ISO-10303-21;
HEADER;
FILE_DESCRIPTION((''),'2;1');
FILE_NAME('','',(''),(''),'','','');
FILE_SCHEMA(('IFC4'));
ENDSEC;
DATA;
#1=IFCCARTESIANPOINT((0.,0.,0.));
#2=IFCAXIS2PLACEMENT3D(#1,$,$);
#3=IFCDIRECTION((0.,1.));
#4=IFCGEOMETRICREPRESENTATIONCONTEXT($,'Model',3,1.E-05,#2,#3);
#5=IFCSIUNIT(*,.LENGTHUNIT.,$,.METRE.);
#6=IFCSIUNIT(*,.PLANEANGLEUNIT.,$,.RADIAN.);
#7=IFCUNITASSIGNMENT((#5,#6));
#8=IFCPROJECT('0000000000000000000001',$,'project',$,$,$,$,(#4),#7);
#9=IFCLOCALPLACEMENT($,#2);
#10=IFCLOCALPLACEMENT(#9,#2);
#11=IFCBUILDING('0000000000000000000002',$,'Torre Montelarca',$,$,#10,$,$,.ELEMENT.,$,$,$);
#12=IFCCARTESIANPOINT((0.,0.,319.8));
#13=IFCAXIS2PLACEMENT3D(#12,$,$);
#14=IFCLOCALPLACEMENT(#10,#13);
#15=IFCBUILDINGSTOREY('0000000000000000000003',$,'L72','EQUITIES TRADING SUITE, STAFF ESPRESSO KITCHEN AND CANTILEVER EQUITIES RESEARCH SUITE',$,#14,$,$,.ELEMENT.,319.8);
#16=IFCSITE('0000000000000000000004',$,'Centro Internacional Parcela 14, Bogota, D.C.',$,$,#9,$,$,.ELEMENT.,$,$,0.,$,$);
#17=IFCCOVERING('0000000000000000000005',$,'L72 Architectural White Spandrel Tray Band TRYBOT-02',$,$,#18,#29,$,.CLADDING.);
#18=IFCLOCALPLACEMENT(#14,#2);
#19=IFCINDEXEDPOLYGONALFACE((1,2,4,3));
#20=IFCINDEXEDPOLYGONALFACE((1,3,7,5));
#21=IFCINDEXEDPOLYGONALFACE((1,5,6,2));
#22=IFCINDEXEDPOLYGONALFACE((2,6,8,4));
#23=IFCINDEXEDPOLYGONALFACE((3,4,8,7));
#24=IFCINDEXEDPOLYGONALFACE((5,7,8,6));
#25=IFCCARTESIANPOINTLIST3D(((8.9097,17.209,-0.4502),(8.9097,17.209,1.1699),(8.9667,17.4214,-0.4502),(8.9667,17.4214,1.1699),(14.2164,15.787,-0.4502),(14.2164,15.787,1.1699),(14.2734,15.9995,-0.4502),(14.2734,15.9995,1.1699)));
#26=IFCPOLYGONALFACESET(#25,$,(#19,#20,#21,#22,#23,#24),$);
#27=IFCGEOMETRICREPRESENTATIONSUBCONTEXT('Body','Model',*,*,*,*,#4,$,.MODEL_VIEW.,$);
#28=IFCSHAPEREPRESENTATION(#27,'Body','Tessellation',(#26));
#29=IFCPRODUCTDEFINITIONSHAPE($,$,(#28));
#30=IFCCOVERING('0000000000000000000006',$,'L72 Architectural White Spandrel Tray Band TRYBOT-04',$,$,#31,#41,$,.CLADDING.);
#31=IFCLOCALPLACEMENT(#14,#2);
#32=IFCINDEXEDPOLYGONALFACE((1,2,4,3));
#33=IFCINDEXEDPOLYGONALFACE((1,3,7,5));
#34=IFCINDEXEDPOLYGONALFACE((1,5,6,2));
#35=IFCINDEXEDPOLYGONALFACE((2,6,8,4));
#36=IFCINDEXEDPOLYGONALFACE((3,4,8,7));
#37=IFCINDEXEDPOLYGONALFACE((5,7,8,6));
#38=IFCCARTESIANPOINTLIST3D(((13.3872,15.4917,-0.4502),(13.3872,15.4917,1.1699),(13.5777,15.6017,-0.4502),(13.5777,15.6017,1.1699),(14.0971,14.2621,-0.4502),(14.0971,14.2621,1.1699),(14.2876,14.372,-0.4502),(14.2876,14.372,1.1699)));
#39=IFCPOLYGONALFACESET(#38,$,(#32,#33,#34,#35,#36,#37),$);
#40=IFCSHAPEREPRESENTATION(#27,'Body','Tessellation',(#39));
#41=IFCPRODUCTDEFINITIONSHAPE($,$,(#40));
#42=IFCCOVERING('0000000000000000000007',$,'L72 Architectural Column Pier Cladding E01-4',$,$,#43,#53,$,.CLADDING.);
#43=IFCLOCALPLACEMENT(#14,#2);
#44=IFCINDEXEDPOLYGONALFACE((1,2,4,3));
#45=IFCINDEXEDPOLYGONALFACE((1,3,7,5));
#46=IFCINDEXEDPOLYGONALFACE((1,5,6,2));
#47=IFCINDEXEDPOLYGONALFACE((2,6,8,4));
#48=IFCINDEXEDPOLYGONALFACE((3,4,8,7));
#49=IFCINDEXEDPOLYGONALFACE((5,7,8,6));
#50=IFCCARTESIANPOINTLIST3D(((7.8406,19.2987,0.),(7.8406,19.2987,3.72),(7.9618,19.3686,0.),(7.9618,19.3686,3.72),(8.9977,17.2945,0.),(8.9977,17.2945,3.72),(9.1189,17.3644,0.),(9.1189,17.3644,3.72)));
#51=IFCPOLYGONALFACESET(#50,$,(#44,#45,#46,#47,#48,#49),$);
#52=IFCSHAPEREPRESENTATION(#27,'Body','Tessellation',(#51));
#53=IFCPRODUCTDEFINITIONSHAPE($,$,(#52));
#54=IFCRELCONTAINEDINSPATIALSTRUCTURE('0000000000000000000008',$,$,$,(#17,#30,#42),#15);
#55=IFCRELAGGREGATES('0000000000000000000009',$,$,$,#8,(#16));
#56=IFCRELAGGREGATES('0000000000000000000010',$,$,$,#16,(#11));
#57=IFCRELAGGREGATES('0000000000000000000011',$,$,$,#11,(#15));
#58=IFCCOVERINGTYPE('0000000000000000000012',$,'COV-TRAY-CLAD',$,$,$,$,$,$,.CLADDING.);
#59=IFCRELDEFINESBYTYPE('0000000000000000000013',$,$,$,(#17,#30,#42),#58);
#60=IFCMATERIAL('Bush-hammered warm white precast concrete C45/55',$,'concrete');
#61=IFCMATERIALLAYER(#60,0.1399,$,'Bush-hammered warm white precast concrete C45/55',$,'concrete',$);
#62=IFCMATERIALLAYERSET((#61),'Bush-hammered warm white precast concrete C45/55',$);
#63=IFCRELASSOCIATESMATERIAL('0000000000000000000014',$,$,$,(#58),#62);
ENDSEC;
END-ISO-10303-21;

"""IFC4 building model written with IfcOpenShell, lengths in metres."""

from ifc_helpers import new_model, si_unit, direction, frame, origin, origin_2d, place, context, subcontext, project, spatial, rectangle, extrude, source, transform, mapped, material, layer, layer_set, type_object, element, save


model = new_model("IFC4")

# Units and contexts
model_context = context("Model", 3, precision=1e-05, world=origin(), true_north=direction((0.0, 1.0)))
body_context = subcontext(model_context, "Body", "Model", "MODEL_VIEW")
ifc_project = project(units=[si_unit("LENGTHUNIT", "METRE"), si_unit("PLANEANGLEUNIT", "RADIAN")], contexts=[model_context])

# Site, building, storey
site_placement = place(None, origin())
site = spatial("IfcSite", under=ifc_project, at=site_placement, Name="Centro Internacional Parcela 14, Bogota, D.C.", CompositionType="ELEMENT", RefElevation=0.0)
building_placement = place(site_placement, origin())
building = spatial("IfcBuilding", under=site, at=building_placement, Name="Torre Montelarca", CompositionType="ELEMENT")
storey_placement = place(building_placement, frame((0.0, 0.0, 319.8)))
storey = spatial("IfcBuildingStorey", under=building, at=storey_placement, Name="L72", Description="EQUITIES TRADING SUITE, STAFF ESPRESSO KITCHEN AND CANTILEVER EQUITIES RESEARCH SUITE", CompositionType="ELEMENT", Elevation=319.8)

# Coverings
ifc_material_1 = material(Name="Bush-hammered warm white precast concrete C45/55", Category="concrete")
ifc_layer_1 = layer(ifc_material_1, 0.1399, Name="Bush-hammered warm white precast concrete C45/55", Category="concrete")
ifc_layer_set_1 = layer_set([ifc_layer_1], Name="Bush-hammered warm white precast concrete C45/55")
covering_type = type_object("IfcCoveringType", Name="COV-TRAY-CLAD", PredefinedType="CLADDING", material=ifc_layer_set_1)
shared_shape_1 = source(origin(), body_context, "Body", "SweptSolid", [
    extrude(rectangle(XDim=5.4939, YDim=0.22, at=origin_2d()), origin(), (0.0, 0.0, 1.0), 1.6201),
])
covering_1_placement = place(storey_placement, frame((11.5916, 16.6042, -0.4502), z_axis=(0.0, 0.0, 1.0), x_axis=(0.965926, -0.258819, 0.0)))
element("IfcCovering", 1, at=covering_1_placement, inside=storey, type_object=covering_type, Name="L72 Architectural White Spandrel Tray Band TRYBOT-02", PredefinedType="CLADDING", context=body_context, shape_type="MappedRepresentation", body=[
    mapped(shared_shape_1, transform((0.0, 0.0, 0.0), scale=1.0)),
])
shared_shape_2 = source(origin(), body_context, "Body", "SweptSolid", [
    extrude(rectangle(XDim=1.4199, YDim=0.22, at=origin_2d()), origin(), (0.0, 0.0, 1.0), 1.6201),
])
covering_2_placement = place(storey_placement, frame((13.8374, 14.9319, -0.4502), z_axis=(0.0, 0.0, 1.0), x_axis=(0.500011, -0.866019, 0.0)))
element("IfcCovering", 2, at=covering_2_placement, inside=storey, type_object=covering_type, Name="L72 Architectural White Spandrel Tray Band TRYBOT-04", PredefinedType="CLADDING", context=body_context, shape_type="MappedRepresentation", body=[
    mapped(shared_shape_2, transform((0.0, 0.0, 0.0), scale=1.0)),
])
shared_shape_3 = source(origin(), body_context, "Body", "SweptSolid", [
    extrude(rectangle(XDim=2.3142, YDim=0.1399, at=origin_2d()), origin(), (0.0, 0.0, 1.0), 3.72),
])
covering_3_placement = place(storey_placement, frame((8.4797, 18.3315, 0.0), z_axis=(0.0, 0.0, 1.0), x_axis=(0.5, -0.866025, 0.0)))
element("IfcCovering", 3, at=covering_3_placement, inside=storey, type_object=covering_type, Name="L72 Architectural Column Pier Cladding E01-4", PredefinedType="CLADDING", context=body_context, shape_type="MappedRepresentation", body=[
    mapped(shared_shape_3, transform((0.0, 0.0, 0.0), scale=1.0)),
])

save(model, "model.ifc")
